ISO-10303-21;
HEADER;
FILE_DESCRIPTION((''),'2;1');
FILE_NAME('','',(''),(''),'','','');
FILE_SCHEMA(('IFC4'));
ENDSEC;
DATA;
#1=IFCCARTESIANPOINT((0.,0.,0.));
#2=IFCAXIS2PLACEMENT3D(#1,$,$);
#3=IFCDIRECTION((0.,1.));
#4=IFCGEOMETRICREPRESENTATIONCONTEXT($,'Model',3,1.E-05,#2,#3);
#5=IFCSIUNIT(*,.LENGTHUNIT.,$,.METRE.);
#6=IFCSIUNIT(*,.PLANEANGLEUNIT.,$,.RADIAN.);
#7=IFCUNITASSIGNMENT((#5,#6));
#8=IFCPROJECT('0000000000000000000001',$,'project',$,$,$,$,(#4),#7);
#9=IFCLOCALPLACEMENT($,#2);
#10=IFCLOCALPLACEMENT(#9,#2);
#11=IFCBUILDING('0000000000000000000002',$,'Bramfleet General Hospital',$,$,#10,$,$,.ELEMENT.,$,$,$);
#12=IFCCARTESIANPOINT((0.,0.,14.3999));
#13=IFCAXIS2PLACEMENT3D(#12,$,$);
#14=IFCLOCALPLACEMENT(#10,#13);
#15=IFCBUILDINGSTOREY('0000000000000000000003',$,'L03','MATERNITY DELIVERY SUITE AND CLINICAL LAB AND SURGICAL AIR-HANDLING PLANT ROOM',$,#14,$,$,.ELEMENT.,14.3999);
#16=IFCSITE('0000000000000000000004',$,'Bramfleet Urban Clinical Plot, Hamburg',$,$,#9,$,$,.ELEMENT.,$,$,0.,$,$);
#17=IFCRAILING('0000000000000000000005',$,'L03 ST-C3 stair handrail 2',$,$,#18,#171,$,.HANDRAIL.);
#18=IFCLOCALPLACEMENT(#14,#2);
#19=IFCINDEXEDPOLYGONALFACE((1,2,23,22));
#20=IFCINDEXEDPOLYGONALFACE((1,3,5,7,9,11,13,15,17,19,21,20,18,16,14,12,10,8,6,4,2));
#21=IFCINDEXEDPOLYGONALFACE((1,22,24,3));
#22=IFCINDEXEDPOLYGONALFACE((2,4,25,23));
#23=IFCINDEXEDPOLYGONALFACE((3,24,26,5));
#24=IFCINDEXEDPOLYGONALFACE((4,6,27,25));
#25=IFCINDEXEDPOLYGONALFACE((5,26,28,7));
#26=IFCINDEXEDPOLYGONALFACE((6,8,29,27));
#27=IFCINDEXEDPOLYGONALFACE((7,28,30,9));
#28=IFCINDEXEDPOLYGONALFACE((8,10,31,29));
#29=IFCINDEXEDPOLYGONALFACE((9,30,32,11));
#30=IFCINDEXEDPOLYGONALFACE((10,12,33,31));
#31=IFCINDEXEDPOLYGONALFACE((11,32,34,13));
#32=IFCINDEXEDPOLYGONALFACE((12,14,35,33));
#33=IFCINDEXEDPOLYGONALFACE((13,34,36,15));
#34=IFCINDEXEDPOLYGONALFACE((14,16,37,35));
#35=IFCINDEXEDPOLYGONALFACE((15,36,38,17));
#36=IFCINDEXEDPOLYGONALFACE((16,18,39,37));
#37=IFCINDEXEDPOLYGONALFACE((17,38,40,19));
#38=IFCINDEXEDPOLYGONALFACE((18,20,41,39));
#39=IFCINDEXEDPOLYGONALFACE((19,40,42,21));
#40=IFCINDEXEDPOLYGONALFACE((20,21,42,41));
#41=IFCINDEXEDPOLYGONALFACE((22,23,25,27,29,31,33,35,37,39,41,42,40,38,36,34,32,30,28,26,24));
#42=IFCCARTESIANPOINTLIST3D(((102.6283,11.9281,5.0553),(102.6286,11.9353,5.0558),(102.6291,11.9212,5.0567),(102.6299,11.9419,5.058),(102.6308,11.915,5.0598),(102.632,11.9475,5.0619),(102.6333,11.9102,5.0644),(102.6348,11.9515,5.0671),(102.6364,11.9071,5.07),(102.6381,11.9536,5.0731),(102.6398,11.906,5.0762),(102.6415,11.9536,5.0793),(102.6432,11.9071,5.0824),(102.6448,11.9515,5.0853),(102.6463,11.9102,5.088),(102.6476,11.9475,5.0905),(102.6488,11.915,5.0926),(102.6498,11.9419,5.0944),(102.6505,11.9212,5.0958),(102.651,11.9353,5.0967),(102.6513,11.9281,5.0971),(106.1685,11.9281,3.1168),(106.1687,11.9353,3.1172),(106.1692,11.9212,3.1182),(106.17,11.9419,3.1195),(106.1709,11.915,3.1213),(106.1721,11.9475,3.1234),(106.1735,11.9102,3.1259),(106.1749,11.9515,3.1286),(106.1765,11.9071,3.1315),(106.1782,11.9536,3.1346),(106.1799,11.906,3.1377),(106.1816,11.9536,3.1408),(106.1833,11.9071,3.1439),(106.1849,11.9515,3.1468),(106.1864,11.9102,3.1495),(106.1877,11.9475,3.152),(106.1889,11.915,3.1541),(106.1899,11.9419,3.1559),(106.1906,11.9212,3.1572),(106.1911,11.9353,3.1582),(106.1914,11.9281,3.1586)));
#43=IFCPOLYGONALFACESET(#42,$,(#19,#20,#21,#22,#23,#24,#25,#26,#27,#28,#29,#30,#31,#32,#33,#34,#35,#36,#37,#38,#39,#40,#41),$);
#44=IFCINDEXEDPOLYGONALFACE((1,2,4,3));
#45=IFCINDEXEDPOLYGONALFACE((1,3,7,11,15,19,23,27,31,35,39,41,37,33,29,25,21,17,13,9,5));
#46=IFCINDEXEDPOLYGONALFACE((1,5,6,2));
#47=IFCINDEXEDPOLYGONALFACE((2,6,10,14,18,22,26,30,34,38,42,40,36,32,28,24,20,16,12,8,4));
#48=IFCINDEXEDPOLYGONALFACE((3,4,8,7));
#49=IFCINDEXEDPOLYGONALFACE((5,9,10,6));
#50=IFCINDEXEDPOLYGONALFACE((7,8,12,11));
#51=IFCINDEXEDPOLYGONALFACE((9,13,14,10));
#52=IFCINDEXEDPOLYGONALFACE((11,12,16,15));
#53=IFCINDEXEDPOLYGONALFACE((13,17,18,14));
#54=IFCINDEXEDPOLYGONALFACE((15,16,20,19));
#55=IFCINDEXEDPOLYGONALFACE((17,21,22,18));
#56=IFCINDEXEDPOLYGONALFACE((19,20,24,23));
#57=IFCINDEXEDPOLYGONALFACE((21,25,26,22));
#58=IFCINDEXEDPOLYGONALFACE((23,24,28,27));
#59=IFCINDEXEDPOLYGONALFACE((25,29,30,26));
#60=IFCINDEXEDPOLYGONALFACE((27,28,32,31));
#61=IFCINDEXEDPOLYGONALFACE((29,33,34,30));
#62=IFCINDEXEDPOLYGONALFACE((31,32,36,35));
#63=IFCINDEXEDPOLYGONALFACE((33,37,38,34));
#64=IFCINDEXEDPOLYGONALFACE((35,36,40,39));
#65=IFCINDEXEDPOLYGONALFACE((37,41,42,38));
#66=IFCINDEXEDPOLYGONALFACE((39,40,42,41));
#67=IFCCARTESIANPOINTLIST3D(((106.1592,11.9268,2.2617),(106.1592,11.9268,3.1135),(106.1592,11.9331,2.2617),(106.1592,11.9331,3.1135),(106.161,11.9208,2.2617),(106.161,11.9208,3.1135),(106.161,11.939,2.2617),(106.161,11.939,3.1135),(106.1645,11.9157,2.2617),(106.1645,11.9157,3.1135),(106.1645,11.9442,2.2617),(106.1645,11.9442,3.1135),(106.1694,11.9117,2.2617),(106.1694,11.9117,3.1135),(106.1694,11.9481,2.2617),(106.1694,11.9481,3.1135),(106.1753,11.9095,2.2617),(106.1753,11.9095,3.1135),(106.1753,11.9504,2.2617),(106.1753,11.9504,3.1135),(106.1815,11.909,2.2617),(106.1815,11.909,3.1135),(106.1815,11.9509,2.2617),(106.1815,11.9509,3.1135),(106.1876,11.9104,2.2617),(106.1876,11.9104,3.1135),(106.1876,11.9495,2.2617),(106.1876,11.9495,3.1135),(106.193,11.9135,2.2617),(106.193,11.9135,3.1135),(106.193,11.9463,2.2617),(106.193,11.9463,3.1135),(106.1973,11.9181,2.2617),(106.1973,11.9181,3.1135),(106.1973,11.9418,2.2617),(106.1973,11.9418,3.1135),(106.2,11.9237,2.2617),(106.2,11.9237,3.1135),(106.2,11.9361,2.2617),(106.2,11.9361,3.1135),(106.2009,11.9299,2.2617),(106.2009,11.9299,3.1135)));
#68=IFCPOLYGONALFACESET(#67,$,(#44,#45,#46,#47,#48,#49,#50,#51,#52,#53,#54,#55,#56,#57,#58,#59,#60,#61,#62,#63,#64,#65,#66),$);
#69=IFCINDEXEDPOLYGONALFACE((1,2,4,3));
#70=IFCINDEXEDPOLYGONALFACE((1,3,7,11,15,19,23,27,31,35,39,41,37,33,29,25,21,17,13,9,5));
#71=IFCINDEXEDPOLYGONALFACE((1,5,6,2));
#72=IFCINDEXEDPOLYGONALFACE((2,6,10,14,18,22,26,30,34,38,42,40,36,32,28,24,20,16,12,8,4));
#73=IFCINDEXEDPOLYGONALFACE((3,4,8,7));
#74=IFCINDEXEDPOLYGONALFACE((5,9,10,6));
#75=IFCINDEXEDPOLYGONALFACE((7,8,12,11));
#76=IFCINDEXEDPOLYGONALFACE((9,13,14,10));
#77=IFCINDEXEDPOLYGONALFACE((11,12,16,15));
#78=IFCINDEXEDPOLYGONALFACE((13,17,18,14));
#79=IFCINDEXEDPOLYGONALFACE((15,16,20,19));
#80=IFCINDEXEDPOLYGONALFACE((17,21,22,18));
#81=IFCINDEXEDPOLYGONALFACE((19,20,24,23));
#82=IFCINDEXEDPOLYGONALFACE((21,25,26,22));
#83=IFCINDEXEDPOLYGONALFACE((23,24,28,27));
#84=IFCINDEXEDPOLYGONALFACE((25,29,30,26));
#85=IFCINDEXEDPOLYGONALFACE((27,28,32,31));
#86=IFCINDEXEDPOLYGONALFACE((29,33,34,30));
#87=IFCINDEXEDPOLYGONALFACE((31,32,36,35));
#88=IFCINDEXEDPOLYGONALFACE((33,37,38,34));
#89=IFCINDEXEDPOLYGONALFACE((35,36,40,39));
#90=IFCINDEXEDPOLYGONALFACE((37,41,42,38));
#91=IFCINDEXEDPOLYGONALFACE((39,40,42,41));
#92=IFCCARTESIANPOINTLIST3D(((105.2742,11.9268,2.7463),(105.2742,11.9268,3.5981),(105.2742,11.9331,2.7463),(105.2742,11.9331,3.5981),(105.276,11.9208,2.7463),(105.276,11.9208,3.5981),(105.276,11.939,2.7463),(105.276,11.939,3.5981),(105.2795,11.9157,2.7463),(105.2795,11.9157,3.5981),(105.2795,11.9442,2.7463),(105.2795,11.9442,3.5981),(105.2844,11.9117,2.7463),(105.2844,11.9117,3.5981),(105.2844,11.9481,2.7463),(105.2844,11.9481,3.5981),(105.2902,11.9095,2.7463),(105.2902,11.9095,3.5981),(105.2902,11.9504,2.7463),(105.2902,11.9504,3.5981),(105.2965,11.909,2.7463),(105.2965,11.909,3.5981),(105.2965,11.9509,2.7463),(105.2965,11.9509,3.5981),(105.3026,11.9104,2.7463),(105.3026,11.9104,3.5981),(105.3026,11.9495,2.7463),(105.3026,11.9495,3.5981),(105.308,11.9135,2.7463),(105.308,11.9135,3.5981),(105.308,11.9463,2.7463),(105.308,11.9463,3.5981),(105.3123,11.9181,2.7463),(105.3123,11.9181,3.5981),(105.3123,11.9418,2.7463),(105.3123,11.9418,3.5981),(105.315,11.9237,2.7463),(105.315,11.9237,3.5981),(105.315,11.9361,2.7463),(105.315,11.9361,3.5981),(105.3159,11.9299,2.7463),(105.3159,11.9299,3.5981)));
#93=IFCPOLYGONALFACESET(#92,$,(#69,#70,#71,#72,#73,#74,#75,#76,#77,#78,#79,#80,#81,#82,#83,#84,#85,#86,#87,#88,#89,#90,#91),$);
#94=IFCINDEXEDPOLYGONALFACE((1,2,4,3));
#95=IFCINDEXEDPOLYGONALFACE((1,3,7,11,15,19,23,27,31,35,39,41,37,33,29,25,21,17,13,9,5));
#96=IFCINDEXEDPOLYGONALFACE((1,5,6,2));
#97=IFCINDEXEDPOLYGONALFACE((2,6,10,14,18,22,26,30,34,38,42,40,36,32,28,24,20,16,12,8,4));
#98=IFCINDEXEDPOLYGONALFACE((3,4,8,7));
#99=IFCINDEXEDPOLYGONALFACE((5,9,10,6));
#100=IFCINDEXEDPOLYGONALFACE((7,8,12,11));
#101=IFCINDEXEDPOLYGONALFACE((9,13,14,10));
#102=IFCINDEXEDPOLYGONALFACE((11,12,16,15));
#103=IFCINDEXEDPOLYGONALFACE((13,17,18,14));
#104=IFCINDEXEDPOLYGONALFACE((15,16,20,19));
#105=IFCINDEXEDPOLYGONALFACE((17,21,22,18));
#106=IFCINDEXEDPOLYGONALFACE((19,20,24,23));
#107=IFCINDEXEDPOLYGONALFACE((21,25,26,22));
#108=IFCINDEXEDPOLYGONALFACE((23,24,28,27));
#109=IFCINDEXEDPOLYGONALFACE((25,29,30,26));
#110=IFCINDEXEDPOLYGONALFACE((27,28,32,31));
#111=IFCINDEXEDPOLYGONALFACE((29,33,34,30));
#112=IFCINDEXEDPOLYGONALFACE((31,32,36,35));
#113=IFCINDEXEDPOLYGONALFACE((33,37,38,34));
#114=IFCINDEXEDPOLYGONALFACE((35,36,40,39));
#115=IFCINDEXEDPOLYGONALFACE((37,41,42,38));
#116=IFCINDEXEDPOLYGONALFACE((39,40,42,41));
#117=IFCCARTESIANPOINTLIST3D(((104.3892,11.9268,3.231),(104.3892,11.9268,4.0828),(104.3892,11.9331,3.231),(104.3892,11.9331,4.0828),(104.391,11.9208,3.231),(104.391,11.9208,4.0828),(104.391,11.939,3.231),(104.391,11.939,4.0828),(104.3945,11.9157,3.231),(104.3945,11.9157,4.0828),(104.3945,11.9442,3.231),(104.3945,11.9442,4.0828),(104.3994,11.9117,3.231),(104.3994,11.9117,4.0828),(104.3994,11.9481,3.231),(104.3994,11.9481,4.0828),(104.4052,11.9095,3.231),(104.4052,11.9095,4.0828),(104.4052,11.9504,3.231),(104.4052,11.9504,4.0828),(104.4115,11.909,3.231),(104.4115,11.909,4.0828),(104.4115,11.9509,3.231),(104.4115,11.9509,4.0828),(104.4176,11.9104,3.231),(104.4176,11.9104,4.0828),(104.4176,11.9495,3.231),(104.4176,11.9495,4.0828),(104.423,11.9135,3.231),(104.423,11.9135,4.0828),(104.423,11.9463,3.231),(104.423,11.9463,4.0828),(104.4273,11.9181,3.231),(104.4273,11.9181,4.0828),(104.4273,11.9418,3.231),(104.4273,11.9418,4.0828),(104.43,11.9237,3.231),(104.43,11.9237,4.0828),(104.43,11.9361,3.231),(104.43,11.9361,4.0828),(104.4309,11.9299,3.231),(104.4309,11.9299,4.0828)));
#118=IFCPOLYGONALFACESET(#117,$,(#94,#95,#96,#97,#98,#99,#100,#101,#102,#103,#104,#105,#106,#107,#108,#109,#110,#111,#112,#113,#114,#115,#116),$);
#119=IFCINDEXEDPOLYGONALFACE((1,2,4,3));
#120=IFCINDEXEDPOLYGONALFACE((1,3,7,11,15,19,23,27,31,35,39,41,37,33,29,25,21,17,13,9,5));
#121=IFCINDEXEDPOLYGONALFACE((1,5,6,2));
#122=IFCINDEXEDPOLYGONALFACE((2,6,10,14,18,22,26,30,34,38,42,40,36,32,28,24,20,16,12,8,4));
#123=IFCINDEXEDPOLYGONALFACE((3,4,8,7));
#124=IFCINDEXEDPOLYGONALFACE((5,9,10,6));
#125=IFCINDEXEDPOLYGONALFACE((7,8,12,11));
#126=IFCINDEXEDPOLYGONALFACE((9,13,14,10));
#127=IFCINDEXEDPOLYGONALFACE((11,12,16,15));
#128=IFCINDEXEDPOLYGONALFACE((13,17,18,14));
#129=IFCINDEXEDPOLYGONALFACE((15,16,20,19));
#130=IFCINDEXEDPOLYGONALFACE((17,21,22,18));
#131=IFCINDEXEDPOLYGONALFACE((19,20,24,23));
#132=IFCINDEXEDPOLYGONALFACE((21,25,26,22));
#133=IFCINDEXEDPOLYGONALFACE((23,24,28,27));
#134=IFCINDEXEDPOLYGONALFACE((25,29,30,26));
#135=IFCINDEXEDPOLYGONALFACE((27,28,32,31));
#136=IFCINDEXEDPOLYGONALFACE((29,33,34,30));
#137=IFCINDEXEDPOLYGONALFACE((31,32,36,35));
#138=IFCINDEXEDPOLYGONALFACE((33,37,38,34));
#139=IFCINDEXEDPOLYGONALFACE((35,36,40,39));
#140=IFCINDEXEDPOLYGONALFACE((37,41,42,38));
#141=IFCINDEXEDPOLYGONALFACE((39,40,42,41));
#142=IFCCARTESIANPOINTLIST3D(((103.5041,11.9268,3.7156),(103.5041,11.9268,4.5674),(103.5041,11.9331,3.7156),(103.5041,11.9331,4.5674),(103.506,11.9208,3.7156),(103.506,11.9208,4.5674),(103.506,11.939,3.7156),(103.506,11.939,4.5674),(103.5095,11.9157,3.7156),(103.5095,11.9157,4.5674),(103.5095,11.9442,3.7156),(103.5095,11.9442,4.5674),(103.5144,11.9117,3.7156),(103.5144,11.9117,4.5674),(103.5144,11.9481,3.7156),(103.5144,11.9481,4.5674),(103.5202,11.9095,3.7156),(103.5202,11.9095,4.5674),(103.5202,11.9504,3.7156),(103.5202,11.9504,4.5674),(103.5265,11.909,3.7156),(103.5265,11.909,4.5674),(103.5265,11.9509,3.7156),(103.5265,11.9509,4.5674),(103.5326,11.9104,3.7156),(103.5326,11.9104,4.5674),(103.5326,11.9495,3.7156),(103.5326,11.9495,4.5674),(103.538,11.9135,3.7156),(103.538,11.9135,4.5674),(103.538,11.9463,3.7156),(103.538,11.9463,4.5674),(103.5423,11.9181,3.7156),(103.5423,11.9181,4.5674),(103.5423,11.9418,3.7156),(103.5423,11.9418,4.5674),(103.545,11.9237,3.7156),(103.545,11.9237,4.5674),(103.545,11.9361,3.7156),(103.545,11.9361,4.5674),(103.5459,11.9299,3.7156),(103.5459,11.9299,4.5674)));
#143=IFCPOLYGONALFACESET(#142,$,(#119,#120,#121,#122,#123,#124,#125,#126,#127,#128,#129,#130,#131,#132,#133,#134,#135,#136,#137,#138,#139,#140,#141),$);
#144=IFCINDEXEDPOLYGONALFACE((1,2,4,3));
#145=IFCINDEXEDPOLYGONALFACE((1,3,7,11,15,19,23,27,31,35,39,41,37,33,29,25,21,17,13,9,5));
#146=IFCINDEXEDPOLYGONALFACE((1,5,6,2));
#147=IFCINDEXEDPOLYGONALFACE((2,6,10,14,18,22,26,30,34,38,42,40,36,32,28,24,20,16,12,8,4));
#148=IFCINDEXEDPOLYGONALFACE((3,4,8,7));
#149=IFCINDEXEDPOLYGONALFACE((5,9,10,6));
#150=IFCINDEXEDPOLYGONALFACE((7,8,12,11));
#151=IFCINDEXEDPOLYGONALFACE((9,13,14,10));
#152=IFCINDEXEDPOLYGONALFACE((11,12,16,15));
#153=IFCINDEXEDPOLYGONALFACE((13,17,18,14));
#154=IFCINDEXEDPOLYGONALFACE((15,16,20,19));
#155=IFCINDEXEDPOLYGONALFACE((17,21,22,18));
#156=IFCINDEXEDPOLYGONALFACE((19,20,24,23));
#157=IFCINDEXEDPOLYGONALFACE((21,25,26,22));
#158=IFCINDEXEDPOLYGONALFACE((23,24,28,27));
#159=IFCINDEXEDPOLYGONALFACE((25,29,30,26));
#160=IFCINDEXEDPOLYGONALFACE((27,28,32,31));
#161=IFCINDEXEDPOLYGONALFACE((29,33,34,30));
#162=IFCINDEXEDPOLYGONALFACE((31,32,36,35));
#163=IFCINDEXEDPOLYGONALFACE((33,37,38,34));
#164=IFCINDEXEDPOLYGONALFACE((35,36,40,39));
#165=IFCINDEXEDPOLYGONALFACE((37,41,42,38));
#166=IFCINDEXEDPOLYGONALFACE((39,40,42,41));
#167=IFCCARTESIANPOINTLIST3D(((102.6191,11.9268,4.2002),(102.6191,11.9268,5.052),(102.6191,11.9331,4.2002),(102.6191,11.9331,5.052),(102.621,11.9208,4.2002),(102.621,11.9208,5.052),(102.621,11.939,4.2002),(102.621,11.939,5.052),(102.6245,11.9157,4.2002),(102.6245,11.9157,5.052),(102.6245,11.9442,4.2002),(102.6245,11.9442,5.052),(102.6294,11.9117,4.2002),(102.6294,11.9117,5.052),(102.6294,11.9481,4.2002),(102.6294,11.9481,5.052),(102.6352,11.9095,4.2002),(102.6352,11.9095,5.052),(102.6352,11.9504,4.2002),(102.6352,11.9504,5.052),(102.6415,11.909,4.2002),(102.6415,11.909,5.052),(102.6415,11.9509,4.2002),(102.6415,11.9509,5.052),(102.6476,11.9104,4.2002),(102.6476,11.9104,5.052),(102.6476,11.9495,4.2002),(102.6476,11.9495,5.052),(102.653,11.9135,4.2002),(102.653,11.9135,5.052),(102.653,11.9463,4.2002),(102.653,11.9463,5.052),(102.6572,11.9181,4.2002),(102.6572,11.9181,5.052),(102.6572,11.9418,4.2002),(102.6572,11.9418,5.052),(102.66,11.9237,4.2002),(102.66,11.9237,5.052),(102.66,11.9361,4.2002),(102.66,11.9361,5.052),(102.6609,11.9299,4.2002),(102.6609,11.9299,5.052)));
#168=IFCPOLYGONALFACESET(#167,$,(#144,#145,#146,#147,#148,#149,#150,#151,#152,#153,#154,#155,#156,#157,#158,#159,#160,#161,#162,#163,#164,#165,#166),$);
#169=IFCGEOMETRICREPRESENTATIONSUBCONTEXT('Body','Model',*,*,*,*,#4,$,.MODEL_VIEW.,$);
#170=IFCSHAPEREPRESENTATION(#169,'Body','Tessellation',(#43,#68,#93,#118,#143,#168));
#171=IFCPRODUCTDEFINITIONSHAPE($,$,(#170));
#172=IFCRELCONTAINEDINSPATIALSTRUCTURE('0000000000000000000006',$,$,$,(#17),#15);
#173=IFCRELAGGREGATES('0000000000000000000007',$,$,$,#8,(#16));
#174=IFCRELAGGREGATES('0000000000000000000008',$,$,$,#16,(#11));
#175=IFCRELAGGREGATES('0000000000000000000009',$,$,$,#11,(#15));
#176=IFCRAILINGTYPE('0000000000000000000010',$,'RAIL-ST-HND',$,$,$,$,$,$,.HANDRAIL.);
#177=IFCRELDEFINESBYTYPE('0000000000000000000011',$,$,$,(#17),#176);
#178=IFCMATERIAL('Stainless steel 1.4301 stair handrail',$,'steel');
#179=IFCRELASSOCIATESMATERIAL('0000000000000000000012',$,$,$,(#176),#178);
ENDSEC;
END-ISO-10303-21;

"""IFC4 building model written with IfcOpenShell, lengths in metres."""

from ifc_helpers import new_model, si_unit, direction, frame, origin, origin_2d, place, context, subcontext, project, spatial, circle, extrude, material, type_object, element, save


model = new_model("IFC4")

# Units and contexts
model_context = context("Model", 3, precision=1e-05, world=origin(), true_north=direction((0.0, 1.0)))
body_context = subcontext(model_context, "Body", "Model", "MODEL_VIEW")
ifc_project = project(units=[si_unit("LENGTHUNIT", "METRE"), si_unit("PLANEANGLEUNIT", "RADIAN")], contexts=[model_context])

# Site, building, storey
site_placement = place(None, origin())
site = spatial("IfcSite", under=ifc_project, at=site_placement, Name="Bramfleet Urban Clinical Plot, Hamburg", CompositionType="ELEMENT", RefElevation=0.0)
building_placement = place(site_placement, origin())
building = spatial("IfcBuilding", under=site, at=building_placement, Name="Bramfleet General Hospital", CompositionType="ELEMENT")
storey_placement = place(building_placement, frame((0.0, 0.0, 14.3999)))
storey = spatial("IfcBuildingStorey", under=building, at=storey_placement, Name="L03", Description="MATERNITY DELIVERY SUITE AND CLINICAL LAB AND SURGICAL AIR-HANDLING PLANT ROOM", CompositionType="ELEMENT", Elevation=14.3999)

# Railing
ifc_material_1 = material(Name="Stainless steel 1.4301 stair handrail", Category="steel")
railing_type = type_object("IfcRailingType", Name="RAIL-ST-HND", PredefinedType="HANDRAIL", material=ifc_material_1)
railing_placement = place(storey_placement, frame((106.1799, 11.9299, 2.2617)))
element("IfcRailing", 1, at=railing_placement, inside=storey, type_object=railing_type, Name="L03 ST-C3 stair handrail 2", PredefinedType="HANDRAIL", context=body_context, shape_type="SweptSolid", body=[
    extrude(circle(Radius=0.0239, at=origin_2d()), frame((0.0, 0.0, 0.876), z_axis=(-0.877108, 0.0, 0.480292), x_axis=(0.0, -1.0, 0.0)), (0.0, 0.0, 1.0), 4.0361),
    extrude(circle(Radius=0.021, at=origin_2d()), origin(), (0.0, 0.0, 1.0), 0.8518),
    extrude(circle(Radius=0.021, at=origin_2d()), frame((-0.885, 0.0, 0.4846)), (0.0, 0.0, 1.0), 0.8518),
    extrude(circle(Radius=0.021, at=origin_2d()), frame((-1.77, 0.0, 0.9692)), (0.0, 0.0, 1.0), 0.8518),
    extrude(circle(Radius=0.021, at=origin_2d()), frame((-2.655, 0.0, 1.4539)), (0.0, 0.0, 1.0), 0.8518),
    extrude(circle(Radius=0.021, at=origin_2d()), frame((-3.54, 0.0, 1.9385)), (0.0, 0.0, 1.0), 0.8518),
])

save(model, "model.ifc")
